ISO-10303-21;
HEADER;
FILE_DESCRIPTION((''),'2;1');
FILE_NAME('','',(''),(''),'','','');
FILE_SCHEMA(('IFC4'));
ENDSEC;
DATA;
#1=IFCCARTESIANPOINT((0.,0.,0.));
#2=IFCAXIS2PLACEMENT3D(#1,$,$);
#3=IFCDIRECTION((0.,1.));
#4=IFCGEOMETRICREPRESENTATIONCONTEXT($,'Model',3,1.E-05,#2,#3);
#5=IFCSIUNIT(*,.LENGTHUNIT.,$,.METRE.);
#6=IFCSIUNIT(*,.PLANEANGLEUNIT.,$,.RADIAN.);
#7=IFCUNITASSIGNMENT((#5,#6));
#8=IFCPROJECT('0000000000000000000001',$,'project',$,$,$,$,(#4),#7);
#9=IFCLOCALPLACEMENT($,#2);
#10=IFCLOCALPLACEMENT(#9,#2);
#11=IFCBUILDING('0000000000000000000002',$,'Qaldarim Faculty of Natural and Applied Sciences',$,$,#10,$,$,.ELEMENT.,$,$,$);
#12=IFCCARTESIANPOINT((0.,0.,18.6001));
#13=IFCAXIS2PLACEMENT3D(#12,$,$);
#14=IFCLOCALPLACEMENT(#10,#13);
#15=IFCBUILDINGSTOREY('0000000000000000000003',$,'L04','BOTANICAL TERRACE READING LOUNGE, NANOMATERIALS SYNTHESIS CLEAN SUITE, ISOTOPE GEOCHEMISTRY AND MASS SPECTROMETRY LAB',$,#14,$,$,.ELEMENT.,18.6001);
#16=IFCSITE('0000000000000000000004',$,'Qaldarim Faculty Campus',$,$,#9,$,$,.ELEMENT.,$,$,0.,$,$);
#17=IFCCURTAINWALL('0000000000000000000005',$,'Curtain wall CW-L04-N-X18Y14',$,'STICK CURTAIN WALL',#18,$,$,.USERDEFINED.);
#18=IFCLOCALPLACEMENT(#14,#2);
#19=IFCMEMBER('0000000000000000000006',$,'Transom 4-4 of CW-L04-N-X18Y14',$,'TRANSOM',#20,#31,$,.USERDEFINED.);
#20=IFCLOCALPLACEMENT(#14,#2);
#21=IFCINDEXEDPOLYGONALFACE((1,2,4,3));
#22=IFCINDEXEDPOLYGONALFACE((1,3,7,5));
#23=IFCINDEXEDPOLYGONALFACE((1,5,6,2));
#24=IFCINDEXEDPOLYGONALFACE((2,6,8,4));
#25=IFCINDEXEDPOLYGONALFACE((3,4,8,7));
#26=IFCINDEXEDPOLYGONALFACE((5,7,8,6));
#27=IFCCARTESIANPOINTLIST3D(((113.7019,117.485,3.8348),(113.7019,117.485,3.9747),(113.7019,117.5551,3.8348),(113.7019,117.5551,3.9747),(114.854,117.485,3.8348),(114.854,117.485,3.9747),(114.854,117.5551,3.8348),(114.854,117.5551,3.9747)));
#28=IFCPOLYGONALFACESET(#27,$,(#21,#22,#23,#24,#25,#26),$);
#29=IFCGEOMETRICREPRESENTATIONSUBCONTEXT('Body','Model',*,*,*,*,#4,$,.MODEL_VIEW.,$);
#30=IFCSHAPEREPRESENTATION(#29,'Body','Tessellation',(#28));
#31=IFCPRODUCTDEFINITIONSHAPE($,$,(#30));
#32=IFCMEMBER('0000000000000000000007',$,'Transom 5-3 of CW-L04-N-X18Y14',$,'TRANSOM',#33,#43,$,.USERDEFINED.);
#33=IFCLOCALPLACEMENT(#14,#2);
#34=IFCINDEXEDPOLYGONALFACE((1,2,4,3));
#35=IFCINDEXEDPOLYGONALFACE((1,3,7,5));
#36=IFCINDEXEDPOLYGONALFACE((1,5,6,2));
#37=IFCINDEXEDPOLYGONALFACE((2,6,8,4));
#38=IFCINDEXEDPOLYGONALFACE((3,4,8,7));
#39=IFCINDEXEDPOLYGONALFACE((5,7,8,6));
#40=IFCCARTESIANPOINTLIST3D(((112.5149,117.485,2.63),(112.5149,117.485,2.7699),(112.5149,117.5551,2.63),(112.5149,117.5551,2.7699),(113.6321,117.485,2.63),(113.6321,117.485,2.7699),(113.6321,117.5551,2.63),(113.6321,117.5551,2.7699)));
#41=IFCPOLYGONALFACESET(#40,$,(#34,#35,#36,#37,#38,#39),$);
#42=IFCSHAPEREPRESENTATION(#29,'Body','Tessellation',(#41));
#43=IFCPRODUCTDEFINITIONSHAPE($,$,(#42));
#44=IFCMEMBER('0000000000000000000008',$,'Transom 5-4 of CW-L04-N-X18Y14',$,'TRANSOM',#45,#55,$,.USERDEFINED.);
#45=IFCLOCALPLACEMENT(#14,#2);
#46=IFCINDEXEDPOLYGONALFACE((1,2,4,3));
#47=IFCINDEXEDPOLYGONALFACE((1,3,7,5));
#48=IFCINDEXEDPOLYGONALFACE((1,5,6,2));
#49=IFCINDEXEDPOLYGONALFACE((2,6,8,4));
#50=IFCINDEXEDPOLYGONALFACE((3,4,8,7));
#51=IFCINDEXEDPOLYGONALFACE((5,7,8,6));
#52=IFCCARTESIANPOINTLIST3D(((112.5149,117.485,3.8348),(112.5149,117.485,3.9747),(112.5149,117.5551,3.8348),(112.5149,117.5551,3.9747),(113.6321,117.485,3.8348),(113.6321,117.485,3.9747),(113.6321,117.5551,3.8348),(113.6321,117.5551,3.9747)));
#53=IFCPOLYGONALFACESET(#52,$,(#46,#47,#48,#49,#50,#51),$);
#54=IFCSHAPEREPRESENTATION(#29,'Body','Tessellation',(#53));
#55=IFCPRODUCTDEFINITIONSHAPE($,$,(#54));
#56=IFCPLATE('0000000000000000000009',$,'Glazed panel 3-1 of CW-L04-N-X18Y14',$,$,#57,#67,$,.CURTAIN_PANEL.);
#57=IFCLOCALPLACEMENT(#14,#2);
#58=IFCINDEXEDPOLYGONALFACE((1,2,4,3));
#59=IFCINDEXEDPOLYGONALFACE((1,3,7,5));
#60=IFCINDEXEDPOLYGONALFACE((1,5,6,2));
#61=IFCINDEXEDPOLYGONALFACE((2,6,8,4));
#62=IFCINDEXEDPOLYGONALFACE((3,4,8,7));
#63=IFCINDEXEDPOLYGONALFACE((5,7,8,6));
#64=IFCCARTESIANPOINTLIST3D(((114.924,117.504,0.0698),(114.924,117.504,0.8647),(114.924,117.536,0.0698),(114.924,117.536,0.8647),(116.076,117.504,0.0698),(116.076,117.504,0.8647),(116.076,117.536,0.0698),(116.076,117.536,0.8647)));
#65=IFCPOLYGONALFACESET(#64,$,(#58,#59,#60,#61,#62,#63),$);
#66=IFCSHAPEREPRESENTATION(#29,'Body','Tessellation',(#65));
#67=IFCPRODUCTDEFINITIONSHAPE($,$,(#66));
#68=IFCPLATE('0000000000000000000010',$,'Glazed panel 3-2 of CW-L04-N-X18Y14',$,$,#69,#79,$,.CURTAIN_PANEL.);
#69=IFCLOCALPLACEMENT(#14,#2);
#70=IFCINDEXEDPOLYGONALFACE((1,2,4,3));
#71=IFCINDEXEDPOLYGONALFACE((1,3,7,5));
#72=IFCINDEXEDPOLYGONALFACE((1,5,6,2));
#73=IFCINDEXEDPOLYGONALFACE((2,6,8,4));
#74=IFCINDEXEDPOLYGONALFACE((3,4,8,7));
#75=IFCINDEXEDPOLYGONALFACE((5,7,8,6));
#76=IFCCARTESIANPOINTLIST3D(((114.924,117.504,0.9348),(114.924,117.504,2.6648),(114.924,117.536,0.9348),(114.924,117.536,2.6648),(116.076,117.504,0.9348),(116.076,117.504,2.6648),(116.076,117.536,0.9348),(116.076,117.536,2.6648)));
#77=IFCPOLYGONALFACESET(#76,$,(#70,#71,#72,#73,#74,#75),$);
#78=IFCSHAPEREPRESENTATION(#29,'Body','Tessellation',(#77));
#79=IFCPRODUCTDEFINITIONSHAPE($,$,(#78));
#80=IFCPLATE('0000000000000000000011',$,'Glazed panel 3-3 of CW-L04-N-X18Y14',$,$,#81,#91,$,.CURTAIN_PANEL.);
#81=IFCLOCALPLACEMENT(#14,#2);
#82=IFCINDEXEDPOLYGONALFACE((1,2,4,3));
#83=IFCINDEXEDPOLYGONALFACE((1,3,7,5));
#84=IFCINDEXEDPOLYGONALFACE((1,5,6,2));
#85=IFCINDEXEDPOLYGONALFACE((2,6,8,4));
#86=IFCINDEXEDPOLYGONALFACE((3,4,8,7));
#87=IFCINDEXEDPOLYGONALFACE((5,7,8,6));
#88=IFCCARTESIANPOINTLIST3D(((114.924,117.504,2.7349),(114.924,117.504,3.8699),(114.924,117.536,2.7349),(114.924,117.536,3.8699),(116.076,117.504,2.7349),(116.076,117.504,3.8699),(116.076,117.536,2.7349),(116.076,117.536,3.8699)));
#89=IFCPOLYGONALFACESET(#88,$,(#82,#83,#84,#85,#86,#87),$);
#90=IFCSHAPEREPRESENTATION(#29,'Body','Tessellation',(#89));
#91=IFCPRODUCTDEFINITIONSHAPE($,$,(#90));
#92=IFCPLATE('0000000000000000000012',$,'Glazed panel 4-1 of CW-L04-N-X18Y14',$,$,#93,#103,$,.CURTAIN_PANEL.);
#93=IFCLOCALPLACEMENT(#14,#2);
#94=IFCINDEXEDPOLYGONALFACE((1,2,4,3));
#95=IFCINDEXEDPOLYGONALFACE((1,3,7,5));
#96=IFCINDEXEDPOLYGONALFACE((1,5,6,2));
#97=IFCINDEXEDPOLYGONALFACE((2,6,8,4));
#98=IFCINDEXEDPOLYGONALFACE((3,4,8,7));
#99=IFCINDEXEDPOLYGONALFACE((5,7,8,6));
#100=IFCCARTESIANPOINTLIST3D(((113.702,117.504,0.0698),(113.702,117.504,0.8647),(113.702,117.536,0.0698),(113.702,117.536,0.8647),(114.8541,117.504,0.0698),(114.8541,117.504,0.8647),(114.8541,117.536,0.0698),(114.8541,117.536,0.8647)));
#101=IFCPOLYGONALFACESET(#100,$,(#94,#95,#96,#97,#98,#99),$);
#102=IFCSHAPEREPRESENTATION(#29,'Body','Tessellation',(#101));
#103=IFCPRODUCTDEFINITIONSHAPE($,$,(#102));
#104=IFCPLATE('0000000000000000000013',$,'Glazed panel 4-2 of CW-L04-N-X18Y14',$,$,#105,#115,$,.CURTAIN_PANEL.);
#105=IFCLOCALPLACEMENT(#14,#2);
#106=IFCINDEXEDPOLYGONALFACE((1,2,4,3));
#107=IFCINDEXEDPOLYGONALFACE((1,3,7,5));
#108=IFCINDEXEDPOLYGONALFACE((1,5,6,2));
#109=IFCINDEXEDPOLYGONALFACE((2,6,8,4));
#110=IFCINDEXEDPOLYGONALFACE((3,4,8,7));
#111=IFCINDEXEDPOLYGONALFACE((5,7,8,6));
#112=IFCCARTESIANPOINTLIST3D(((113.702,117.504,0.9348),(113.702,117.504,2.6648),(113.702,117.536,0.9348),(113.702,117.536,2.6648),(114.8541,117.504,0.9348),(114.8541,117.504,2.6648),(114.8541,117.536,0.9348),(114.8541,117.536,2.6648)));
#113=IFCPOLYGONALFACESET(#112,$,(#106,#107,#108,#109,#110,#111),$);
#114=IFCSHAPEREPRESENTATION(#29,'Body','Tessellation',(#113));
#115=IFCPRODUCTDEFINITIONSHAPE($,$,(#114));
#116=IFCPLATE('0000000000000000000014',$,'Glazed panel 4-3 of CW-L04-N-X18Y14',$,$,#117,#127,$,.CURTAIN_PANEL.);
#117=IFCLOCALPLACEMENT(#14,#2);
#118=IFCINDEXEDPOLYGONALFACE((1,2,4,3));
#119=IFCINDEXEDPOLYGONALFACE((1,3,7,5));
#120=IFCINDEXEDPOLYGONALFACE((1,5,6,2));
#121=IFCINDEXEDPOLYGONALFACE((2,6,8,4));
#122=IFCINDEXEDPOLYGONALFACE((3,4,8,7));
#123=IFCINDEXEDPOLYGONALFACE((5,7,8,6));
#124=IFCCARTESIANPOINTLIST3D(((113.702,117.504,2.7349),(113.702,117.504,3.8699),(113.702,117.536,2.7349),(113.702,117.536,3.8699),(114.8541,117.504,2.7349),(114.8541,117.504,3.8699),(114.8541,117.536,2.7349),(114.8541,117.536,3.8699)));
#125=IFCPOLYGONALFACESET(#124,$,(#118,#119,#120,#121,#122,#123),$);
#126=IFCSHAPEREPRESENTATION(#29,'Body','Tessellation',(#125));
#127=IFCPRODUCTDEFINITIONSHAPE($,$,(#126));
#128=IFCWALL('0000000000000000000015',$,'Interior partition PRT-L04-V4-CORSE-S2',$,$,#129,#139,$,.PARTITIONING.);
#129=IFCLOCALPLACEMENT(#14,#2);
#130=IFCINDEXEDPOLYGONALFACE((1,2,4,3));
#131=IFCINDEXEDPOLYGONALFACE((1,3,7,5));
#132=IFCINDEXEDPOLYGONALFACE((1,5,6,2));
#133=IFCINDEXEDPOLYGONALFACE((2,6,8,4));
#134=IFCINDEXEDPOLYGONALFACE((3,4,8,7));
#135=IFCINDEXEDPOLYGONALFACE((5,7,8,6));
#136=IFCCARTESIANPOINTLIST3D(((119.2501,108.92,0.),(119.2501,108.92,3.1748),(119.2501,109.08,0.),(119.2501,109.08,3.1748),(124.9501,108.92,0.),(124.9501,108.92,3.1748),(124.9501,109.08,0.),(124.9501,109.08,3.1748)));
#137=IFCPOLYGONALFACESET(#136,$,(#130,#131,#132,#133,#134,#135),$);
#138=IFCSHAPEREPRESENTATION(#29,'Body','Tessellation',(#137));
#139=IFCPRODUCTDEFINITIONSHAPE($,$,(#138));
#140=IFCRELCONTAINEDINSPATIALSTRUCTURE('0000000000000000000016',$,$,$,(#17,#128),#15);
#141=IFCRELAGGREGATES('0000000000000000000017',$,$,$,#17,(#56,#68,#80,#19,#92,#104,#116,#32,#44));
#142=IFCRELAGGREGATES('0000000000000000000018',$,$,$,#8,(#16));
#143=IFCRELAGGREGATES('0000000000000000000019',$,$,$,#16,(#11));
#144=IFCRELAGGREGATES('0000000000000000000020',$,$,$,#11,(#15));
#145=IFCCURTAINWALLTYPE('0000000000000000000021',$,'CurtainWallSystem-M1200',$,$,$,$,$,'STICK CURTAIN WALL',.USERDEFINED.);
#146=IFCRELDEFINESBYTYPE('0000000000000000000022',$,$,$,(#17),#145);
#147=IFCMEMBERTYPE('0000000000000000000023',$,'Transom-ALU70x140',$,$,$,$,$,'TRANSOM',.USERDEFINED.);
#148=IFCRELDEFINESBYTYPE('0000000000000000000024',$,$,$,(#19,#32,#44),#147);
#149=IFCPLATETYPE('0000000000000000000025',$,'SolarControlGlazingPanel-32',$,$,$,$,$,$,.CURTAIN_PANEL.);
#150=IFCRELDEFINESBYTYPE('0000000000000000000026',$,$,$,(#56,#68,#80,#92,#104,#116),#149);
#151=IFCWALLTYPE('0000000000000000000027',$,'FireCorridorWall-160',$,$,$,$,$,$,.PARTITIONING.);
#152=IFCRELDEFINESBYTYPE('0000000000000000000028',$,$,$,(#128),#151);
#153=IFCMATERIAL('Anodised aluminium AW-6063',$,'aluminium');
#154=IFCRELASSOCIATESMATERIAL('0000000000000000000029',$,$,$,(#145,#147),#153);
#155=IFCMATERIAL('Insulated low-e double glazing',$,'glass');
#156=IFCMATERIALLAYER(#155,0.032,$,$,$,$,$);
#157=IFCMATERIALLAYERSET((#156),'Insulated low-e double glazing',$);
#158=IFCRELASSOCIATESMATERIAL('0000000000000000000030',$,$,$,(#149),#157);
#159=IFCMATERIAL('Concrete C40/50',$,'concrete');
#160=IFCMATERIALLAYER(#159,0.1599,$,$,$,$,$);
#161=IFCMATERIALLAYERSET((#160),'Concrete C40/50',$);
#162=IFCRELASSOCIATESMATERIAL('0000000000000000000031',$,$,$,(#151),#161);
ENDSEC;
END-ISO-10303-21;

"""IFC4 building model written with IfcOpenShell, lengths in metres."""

from ifc_helpers import new_model, si_unit, direction, frame, frame_2d, origin, origin_2d, place, context, subcontext, project, spatial, rectangle, extrude, material, layer, layer_set, material_profile, profile_set, type_object, element, aggregate, save


model = new_model("IFC4")

# Units and contexts
model_context = context("Model", 3, precision=1e-05, world=origin(), true_north=direction((0.0, 1.0)))
body_context = subcontext(model_context, "Body", "Model", "MODEL_VIEW")
ifc_project = project(units=[si_unit("LENGTHUNIT", "METRE"), si_unit("PLANEANGLEUNIT", "RADIAN")], contexts=[model_context])

# Site, building, storey
site_placement = place(None, origin())
site = spatial("IfcSite", under=ifc_project, at=site_placement, Name="Qaldarim Faculty Campus", CompositionType="ELEMENT", RefElevation=0.0)
building_placement = place(site_placement, origin())
building = spatial("IfcBuilding", under=site, at=building_placement, Name="Qaldarim Faculty of Natural and Applied Sciences", CompositionType="ELEMENT")
storey_placement = place(building_placement, frame((0.0, 0.0, 18.6001)))
storey = spatial("IfcBuildingStorey", under=building, at=storey_placement, Name="L04", Description="BOTANICAL TERRACE READING LOUNGE, NANOMATERIALS SYNTHESIS CLEAN SUITE, ISOTOPE GEOCHEMISTRY AND MASS SPECTROMETRY LAB", CompositionType="ELEMENT", Elevation=18.6001)

# Shared definitions
ifc_material_1 = material(Name="Concrete C40/50", Category="concrete")

# Shared definitions
ifc_material_2 = material(Name="Anodised aluminium AW-6063", Category="aluminium")

# Curtain wall
curtain_wall_type_1 = type_object("IfcCurtainWallType", Name="CurtainWallSystem-M1200", ElementType="STICK CURTAIN WALL", PredefinedType="USERDEFINED", material=ifc_material_2)
curtain_wall_1_placement = place(storey_placement, origin())
curtain_wall_1 = element("IfcCurtainWall", 1, at=curtain_wall_1_placement, inside=storey, type_object=curtain_wall_type_1, Name="Curtain wall CW-L04-N-X18Y14", ObjectType="STICK CURTAIN WALL", PredefinedType="USERDEFINED")

# Members
ifc_material_profile_1 = material_profile(ifc_material_2, rectangle(XDim=0.0701, YDim=0.1399, at=origin_2d()), Name="ALU-T70x140")
ifc_profile_set_1 = profile_set([ifc_material_profile_1], Name="Anodised aluminium AW-6063")
member_type_1 = type_object("IfcMemberType", Name="Transom-ALU70x140", ElementType="TRANSOM", PredefinedType="USERDEFINED", material=ifc_profile_set_1)
member_1_placement = place(storey_placement, frame((114.854, 117.52, 3.9048), z_axis=(-1.0, 0.0, 0.0), x_axis=(0.0, -1.0, 0.0)))
member_1 = element("IfcMember", 2, at=member_1_placement, type_object=member_type_1, Name="Transom 4-4 of CW-L04-N-X18Y14", ObjectType="TRANSOM", PredefinedType="USERDEFINED", context=body_context, shape_type="SweptSolid", body=[
    extrude(rectangle(XDim=0.0701, YDim=0.1399, at=origin_2d()), origin(), (0.0, 0.0, 1.0), 1.1521),
])
member_2_placement = place(storey_placement, frame((113.6321, 117.52, 2.7), z_axis=(-1.0, 0.0, 0.0), x_axis=(0.0, -1.0, 0.0)))
member_2 = element("IfcMember", 3, at=member_2_placement, type_object=member_type_1, Name="Transom 5-3 of CW-L04-N-X18Y14", ObjectType="TRANSOM", PredefinedType="USERDEFINED", context=body_context, shape_type="SweptSolid", body=[
    extrude(rectangle(XDim=0.0701, YDim=0.1399, at=origin_2d()), origin(), (0.0, 0.0, 1.0), 1.1172),
])
member_3_placement = place(storey_placement, frame((113.6321, 117.52, 3.9048), z_axis=(-1.0, 0.0, 0.0), x_axis=(0.0, -1.0, 0.0)))
member_3 = element("IfcMember", 4, at=member_3_placement, type_object=member_type_1, Name="Transom 5-4 of CW-L04-N-X18Y14", ObjectType="TRANSOM", PredefinedType="USERDEFINED", context=body_context, shape_type="SweptSolid", body=[
    extrude(rectangle(XDim=0.0701, YDim=0.1399, at=origin_2d()), origin(), (0.0, 0.0, 1.0), 1.1172),
])

# Plates
ifc_material_3 = material(Name="Insulated low-e double glazing", Category="glass")
ifc_layer_1 = layer(ifc_material_3, 0.032)
ifc_layer_set_1 = layer_set([ifc_layer_1], Name="Insulated low-e double glazing")
plate_type = type_object("IfcPlateType", Name="SolarControlGlazingPanel-32", PredefinedType="CURTAIN_PANEL", material=ifc_layer_set_1)
plate_1_placement = place(storey_placement, frame((115.5, 117.52, 0.0698), z_axis=(0.0, 0.0, 1.0), x_axis=(-1.0, 0.0, 0.0)))
plate_1 = element("IfcPlate", 5, at=plate_1_placement, type_object=plate_type, Name="Glazed panel 3-1 of CW-L04-N-X18Y14", PredefinedType="CURTAIN_PANEL", context=body_context, shape_type="SweptSolid", body=[
    extrude(rectangle(XDim=1.1521, YDim=0.032, at=origin_2d()), origin(), (0.0, 0.0, 1.0), 0.7949),
])
plate_2_placement = place(storey_placement, frame((115.5, 117.52, 0.9348), z_axis=(0.0, 0.0, 1.0), x_axis=(-1.0, 0.0, 0.0)))
plate_2 = element("IfcPlate", 6, at=plate_2_placement, type_object=plate_type, Name="Glazed panel 3-2 of CW-L04-N-X18Y14", PredefinedType="CURTAIN_PANEL", context=body_context, shape_type="SweptSolid", body=[
    extrude(rectangle(XDim=1.1521, YDim=0.032, at=origin_2d()), origin(), (0.0, 0.0, 1.0), 1.73),
])
plate_3_placement = place(storey_placement, frame((115.5, 117.52, 2.7349), z_axis=(0.0, 0.0, 1.0), x_axis=(-1.0, 0.0, 0.0)))
plate_3 = element("IfcPlate", 7, at=plate_3_placement, type_object=plate_type, Name="Glazed panel 3-3 of CW-L04-N-X18Y14", PredefinedType="CURTAIN_PANEL", context=body_context, shape_type="SweptSolid", body=[
    extrude(rectangle(XDim=1.1521, YDim=0.032, at=origin_2d()), origin(), (0.0, 0.0, 1.0), 1.135),
])
plate_4_placement = place(storey_placement, frame((114.2781, 117.52, 0.0698), z_axis=(0.0, 0.0, 1.0), x_axis=(-1.0, 0.0, 0.0)))
plate_4 = element("IfcPlate", 8, at=plate_4_placement, type_object=plate_type, Name="Glazed panel 4-1 of CW-L04-N-X18Y14", PredefinedType="CURTAIN_PANEL", context=body_context, shape_type="SweptSolid", body=[
    extrude(rectangle(XDim=1.1521, YDim=0.032, at=origin_2d()), origin(), (0.0, 0.0, 1.0), 0.7949),
])
plate_5_placement = place(storey_placement, frame((114.2781, 117.52, 0.9348), z_axis=(0.0, 0.0, 1.0), x_axis=(-1.0, 0.0, 0.0)))
plate_5 = element("IfcPlate", 9, at=plate_5_placement, type_object=plate_type, Name="Glazed panel 4-2 of CW-L04-N-X18Y14", PredefinedType="CURTAIN_PANEL", context=body_context, shape_type="SweptSolid", body=[
    extrude(rectangle(XDim=1.1521, YDim=0.032, at=origin_2d()), origin(), (0.0, 0.0, 1.0), 1.73),
])
plate_6_placement = place(storey_placement, frame((114.2781, 117.52, 2.7349), z_axis=(0.0, 0.0, 1.0), x_axis=(-1.0, 0.0, 0.0)))
plate_6 = element("IfcPlate", 10, at=plate_6_placement, type_object=plate_type, Name="Glazed panel 4-3 of CW-L04-N-X18Y14", PredefinedType="CURTAIN_PANEL", context=body_context, shape_type="SweptSolid", body=[
    extrude(rectangle(XDim=1.1521, YDim=0.032, at=origin_2d()), origin(), (0.0, 0.0, 1.0), 1.135),
])
aggregate(curtain_wall_1, [plate_1, plate_2, plate_3, member_1, plate_4, plate_5, plate_6, member_2, member_3])

# Wall
ifc_layer_2 = layer(ifc_material_1, 0.1599)
ifc_layer_set_2 = layer_set([ifc_layer_2], Name="Concrete C40/50")
wall_type = type_object("IfcWallType", Name="FireCorridorWall-160", PredefinedType="PARTITIONING", material=ifc_layer_set_2)
wall_placement = place(storey_placement, frame((119.25, 109.0, 0.0), z_axis=(0.0, 0.0, 1.0), x_axis=(1.0, 0.0, 0.0)))
element("IfcWall", 11, at=wall_placement, inside=storey, type_object=wall_type, Name="Interior partition PRT-L04-V4-CORSE-S2", PredefinedType="PARTITIONING", context=body_context, shape_type="SweptSolid", body=[
    extrude(rectangle(XDim=5.7, YDim=0.1599, at=frame_2d((2.8501, 0.0))), origin(), (0.0, 0.0, 1.0), 3.1748),
])

save(model, "model.ifc")
